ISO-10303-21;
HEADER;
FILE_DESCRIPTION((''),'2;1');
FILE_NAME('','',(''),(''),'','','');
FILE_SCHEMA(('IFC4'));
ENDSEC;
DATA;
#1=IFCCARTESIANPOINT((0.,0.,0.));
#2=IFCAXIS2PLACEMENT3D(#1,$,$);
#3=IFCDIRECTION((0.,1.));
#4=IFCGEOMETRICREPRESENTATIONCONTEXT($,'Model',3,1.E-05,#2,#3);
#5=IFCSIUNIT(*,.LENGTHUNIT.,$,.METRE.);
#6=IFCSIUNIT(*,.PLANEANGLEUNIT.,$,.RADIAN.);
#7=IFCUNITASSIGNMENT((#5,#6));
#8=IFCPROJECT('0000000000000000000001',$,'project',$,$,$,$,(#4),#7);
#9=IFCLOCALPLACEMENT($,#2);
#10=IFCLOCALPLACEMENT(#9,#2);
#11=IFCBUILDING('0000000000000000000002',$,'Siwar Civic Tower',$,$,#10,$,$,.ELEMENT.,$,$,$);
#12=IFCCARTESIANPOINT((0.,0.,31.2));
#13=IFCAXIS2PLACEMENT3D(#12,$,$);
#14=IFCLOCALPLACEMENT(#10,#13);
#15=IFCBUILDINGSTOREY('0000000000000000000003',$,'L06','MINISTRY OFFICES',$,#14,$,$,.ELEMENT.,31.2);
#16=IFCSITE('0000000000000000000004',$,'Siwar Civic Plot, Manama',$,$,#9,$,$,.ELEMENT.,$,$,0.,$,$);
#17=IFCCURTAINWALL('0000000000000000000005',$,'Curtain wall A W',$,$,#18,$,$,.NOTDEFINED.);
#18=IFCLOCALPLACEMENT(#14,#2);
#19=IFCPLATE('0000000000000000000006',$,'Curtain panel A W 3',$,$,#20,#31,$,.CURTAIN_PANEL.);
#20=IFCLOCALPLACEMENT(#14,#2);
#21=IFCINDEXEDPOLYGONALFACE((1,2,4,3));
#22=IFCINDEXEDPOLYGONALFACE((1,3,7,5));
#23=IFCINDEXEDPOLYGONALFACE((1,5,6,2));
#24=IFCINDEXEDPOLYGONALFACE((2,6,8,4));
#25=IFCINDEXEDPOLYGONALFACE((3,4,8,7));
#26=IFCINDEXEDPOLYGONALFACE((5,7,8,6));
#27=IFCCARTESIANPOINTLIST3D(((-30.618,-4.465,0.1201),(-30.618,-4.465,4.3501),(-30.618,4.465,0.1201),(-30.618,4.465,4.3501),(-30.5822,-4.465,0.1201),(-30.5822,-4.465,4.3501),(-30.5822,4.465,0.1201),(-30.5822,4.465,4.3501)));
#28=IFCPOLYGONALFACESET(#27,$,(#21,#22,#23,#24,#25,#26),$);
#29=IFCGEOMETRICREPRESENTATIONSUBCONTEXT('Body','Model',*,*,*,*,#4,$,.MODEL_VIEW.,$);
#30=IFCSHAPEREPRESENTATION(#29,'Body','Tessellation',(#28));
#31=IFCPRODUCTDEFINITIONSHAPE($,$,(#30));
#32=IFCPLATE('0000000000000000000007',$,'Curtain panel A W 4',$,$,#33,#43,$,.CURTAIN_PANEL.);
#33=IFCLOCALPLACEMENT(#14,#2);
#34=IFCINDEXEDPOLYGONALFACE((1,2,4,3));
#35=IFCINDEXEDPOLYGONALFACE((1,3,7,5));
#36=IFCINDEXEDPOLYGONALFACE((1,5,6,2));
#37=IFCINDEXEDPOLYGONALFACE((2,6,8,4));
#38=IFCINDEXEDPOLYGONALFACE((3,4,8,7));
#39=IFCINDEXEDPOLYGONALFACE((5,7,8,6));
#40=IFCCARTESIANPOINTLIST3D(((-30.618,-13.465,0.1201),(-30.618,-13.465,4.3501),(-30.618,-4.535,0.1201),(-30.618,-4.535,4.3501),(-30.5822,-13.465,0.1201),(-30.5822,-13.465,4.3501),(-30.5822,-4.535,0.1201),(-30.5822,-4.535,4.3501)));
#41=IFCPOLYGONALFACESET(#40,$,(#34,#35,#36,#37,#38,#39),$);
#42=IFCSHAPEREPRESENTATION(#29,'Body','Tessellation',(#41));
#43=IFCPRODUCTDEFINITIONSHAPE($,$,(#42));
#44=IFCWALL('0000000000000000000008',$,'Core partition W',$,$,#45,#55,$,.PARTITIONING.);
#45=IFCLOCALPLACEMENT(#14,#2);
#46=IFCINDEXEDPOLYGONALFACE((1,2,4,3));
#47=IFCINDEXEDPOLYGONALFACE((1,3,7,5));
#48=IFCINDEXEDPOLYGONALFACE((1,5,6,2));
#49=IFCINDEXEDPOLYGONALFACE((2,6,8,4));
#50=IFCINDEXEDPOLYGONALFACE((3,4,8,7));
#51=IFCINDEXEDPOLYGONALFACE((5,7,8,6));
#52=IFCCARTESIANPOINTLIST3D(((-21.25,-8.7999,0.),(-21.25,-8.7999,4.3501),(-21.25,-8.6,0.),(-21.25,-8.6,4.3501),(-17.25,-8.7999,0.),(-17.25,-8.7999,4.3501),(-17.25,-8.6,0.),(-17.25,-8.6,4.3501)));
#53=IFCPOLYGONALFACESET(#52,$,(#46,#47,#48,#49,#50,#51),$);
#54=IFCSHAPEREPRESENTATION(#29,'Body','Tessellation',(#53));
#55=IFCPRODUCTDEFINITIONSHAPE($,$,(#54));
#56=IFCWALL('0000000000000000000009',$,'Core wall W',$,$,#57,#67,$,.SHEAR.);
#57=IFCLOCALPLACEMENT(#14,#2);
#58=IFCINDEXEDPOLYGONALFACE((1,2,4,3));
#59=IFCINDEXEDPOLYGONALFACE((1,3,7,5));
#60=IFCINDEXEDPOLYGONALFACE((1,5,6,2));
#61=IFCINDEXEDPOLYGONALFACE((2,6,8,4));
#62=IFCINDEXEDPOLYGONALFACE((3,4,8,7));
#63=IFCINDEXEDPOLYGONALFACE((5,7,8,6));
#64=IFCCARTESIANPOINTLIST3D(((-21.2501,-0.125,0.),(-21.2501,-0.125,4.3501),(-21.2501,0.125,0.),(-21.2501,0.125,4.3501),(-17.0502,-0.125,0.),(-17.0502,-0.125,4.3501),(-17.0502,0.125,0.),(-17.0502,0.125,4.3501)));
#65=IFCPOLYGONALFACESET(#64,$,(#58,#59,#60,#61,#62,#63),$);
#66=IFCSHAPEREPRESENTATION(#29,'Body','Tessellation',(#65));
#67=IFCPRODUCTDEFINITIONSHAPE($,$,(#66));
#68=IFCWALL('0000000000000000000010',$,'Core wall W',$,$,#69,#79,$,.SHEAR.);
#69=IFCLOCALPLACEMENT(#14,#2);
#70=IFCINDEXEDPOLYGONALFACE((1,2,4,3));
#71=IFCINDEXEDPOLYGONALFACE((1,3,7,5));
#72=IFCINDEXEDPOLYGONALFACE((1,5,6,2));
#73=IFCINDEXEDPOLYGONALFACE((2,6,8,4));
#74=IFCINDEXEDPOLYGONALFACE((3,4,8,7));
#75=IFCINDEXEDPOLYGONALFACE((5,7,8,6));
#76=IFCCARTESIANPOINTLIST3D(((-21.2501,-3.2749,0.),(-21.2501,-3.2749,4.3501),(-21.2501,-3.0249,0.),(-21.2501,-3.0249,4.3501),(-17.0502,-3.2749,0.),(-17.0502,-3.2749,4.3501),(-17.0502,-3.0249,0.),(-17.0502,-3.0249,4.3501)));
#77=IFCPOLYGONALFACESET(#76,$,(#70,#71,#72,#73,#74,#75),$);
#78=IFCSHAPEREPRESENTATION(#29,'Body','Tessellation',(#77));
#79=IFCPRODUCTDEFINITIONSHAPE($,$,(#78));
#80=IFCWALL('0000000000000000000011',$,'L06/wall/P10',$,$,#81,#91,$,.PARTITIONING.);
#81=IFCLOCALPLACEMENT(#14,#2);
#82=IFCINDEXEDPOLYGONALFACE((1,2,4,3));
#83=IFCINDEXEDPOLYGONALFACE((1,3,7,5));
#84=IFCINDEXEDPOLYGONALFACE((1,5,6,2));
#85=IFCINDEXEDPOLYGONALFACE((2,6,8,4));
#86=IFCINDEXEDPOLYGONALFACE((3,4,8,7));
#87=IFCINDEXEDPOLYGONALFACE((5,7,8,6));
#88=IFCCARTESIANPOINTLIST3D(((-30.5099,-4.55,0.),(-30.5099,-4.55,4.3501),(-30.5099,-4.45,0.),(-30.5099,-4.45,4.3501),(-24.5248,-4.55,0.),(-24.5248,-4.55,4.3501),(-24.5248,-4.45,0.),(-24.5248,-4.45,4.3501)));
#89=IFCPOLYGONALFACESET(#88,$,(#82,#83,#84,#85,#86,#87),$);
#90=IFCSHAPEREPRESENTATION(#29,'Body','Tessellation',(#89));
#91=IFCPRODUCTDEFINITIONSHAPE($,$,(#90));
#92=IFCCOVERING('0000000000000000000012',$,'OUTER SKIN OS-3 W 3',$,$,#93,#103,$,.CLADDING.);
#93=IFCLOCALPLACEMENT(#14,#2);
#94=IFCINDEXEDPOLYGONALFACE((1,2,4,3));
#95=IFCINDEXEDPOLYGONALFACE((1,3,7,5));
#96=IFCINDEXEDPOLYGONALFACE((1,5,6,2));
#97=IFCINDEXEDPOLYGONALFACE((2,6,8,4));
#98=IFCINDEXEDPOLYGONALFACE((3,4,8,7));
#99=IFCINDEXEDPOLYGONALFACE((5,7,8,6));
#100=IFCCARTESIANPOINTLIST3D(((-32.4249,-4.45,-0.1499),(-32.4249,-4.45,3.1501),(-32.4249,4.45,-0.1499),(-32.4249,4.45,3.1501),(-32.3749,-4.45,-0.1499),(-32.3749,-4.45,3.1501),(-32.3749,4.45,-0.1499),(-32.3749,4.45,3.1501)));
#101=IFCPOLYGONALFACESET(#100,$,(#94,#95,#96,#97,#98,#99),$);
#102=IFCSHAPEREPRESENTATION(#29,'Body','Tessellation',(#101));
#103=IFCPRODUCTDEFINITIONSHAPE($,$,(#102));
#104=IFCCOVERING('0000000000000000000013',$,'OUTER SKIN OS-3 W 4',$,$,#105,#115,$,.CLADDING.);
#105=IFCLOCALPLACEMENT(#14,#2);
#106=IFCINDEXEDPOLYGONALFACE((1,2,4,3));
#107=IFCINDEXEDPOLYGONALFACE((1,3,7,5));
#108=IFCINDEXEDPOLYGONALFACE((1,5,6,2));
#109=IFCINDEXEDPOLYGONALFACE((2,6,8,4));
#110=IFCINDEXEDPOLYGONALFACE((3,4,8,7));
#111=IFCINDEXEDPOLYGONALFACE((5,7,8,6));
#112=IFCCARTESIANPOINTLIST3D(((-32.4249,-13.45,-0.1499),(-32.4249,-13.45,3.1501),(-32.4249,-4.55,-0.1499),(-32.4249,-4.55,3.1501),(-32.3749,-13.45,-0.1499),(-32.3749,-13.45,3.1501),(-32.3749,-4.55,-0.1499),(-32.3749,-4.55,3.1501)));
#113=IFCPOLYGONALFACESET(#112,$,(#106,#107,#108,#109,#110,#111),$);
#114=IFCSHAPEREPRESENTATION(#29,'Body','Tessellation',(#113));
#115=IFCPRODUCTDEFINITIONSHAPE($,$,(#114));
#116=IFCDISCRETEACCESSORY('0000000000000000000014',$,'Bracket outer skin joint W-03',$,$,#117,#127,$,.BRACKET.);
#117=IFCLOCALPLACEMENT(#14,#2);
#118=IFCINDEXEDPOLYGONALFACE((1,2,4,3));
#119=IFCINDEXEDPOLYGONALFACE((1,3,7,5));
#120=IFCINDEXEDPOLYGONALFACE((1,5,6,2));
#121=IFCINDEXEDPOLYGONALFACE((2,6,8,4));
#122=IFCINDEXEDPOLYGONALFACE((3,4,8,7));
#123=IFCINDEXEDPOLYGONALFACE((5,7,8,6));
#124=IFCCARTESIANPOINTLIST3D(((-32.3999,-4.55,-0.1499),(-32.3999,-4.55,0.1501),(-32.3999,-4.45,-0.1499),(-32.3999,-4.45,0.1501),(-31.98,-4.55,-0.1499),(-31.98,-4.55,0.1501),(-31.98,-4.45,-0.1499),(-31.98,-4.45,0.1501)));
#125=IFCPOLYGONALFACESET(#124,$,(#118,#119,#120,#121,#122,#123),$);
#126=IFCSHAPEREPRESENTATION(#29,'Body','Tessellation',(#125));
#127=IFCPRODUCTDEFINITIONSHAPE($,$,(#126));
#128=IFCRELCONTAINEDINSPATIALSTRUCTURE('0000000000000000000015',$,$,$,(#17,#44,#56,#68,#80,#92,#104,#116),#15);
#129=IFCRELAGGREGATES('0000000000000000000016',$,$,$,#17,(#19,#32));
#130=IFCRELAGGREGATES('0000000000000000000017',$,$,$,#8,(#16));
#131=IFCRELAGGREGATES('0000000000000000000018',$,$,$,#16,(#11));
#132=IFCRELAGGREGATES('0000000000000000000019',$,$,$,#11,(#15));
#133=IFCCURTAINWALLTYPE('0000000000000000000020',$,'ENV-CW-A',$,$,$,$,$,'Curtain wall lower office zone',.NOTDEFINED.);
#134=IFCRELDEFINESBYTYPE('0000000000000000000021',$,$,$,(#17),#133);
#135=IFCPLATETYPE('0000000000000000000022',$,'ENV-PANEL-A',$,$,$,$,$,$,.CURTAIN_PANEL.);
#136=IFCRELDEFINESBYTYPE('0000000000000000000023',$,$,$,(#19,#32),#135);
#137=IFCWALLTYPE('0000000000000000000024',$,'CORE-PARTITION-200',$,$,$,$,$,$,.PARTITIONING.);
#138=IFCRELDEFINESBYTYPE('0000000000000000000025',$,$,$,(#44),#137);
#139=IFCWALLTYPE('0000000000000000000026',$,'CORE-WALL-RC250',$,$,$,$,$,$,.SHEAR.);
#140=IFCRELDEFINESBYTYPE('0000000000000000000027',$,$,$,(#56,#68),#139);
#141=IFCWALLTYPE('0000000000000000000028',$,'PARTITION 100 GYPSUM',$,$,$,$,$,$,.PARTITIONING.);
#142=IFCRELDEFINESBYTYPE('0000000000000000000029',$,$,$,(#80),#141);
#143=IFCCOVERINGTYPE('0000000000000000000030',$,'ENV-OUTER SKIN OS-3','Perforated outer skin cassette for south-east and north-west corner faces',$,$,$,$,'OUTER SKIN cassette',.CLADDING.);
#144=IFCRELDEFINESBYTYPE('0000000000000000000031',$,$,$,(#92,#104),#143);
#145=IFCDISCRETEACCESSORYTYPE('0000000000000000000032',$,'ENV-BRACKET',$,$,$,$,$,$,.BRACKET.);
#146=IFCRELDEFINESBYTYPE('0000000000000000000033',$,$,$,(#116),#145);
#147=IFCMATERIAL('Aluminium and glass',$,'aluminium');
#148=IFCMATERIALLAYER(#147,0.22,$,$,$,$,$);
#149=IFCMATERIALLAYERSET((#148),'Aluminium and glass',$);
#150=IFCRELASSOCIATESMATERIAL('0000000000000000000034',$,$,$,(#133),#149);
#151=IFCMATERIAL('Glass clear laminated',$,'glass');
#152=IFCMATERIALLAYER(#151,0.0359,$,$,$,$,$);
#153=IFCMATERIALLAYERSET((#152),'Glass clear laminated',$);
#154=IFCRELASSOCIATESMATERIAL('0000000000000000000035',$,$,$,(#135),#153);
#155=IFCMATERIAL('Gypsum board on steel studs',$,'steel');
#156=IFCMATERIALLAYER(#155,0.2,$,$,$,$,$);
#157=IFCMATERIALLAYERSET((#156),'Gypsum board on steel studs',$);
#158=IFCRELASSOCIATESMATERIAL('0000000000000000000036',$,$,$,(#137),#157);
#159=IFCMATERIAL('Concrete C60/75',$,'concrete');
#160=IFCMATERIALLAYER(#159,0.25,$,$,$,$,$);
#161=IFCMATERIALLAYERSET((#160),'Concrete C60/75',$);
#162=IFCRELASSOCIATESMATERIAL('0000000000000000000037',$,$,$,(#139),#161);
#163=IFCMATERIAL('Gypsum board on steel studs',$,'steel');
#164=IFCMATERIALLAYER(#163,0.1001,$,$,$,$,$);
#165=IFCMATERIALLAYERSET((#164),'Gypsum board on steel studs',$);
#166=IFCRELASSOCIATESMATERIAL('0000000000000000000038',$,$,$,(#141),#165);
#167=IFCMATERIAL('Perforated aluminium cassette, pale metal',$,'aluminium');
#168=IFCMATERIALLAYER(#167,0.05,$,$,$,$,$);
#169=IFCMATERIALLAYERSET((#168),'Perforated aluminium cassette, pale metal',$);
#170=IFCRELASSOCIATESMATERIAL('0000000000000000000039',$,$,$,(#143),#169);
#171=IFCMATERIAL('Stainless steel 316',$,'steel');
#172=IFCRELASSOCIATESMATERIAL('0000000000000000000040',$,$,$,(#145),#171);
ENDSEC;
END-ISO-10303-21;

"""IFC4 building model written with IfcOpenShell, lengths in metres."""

from ifc_helpers import new_model, si_unit, direction, frame, frame_2d, origin, origin_2d, place, context, subcontext, project, spatial, rectangle, extrude, material, layer, layer_set, type_object, element, aggregate, save


model = new_model("IFC4")

# Units and contexts
model_context = context("Model", 3, precision=1e-05, world=origin(), true_north=direction((0.0, 1.0)))
body_context = subcontext(model_context, "Body", "Model", "MODEL_VIEW")
ifc_project = project(units=[si_unit("LENGTHUNIT", "METRE"), si_unit("PLANEANGLEUNIT", "RADIAN")], contexts=[model_context])

# Site, building, storey
site_placement = place(None, origin())
site = spatial("IfcSite", under=ifc_project, at=site_placement, Name="Siwar Civic Plot, Manama", CompositionType="ELEMENT", RefElevation=0.0)
building_placement = place(site_placement, origin())
building = spatial("IfcBuilding", under=site, at=building_placement, Name="Siwar Civic Tower", CompositionType="ELEMENT")
storey_placement = place(building_placement, frame((0.0, 0.0, 31.2)))
storey = spatial("IfcBuildingStorey", under=building, at=storey_placement, Name="L06", Description="MINISTRY OFFICES", CompositionType="ELEMENT", Elevation=31.2)

# Curtain wall
ifc_material_1 = material(Name="Aluminium and glass", Category="aluminium")
ifc_layer_1 = layer(ifc_material_1, 0.22)
ifc_layer_set_1 = layer_set([ifc_layer_1], Name="Aluminium and glass")
curtain_wall_type = type_object("IfcCurtainWallType", Name="ENV-CW-A", ElementType="Curtain wall lower office zone", PredefinedType="NOTDEFINED", material=ifc_layer_set_1)
curtain_wall_placement = place(storey_placement, origin())
curtain_wall = element("IfcCurtainWall", 1, at=curtain_wall_placement, inside=storey, type_object=curtain_wall_type, Name="Curtain wall A W", PredefinedType="NOTDEFINED")

# Plates
ifc_material_2 = material(Name="Glass clear laminated", Category="glass")
ifc_layer_2 = layer(ifc_material_2, 0.0359)
ifc_layer_set_2 = layer_set([ifc_layer_2], Name="Glass clear laminated")
plate_type = type_object("IfcPlateType", Name="ENV-PANEL-A", PredefinedType="CURTAIN_PANEL", material=ifc_layer_set_2)
plate_1_placement = place(storey_placement, frame((-30.6001, 0.0, 0.1201), z_axis=(0.0, 0.0, 1.0), x_axis=(0.0, -1.0, 0.0)))
plate_1 = element("IfcPlate", 2, at=plate_1_placement, type_object=plate_type, Name="Curtain panel A W 3", PredefinedType="CURTAIN_PANEL", context=body_context, shape_type="SweptSolid", body=[
    extrude(rectangle(XDim=8.9299, YDim=0.0359, at=origin_2d()), origin(), (0.0, 0.0, 1.0), 4.23),
])
plate_2_placement = place(storey_placement, frame((-30.6001, -9.0, 0.1201), z_axis=(0.0, 0.0, 1.0), x_axis=(0.0, -1.0, 0.0)))
plate_2 = element("IfcPlate", 3, at=plate_2_placement, type_object=plate_type, Name="Curtain panel A W 4", PredefinedType="CURTAIN_PANEL", context=body_context, shape_type="SweptSolid", body=[
    extrude(rectangle(XDim=8.9299, YDim=0.0359, at=origin_2d()), origin(), (0.0, 0.0, 1.0), 4.23),
])
aggregate(curtain_wall, [plate_1, plate_2])

# Walls
ifc_material_3 = material(Name="Gypsum board on steel studs", Category="steel")
ifc_layer_3 = layer(ifc_material_3, 0.2)
ifc_layer_set_3 = layer_set([ifc_layer_3], Name="Gypsum board on steel studs")
wall_type_1 = type_object("IfcWallType", Name="CORE-PARTITION-200", PredefinedType="PARTITIONING", material=ifc_layer_set_3)
wall_1_placement = place(storey_placement, frame((-17.25, -8.7, 0.0), z_axis=(0.0, 0.0, 1.0), x_axis=(-1.0, 0.0, 0.0)))
element("IfcWall", 4, at=wall_1_placement, inside=storey, type_object=wall_type_1, Name="Core partition W", PredefinedType="PARTITIONING", context=body_context, shape_type="SweptSolid", body=[
    extrude(rectangle(XDim=4.0, YDim=0.2, at=frame_2d((2.0, 0.0))), origin(), (0.0, 0.0, 1.0), 4.3501),
])
ifc_material_4 = material(Name="Concrete C60/75", Category="concrete")
ifc_layer_4 = layer(ifc_material_4, 0.25)
ifc_layer_set_4 = layer_set([ifc_layer_4], Name="Concrete C60/75")
wall_type_2 = type_object("IfcWallType", Name="CORE-WALL-RC250", PredefinedType="SHEAR", material=ifc_layer_set_4)
for number, where, z_axis, x_axis, name in (
    (5, (-17.05, 0.0, 0.0), (0.0, 0.0, 1.0), (-1.0, 0.0, 0.0), "Core wall W"),
    (6, (-17.05, -3.1499, 0.0), (0.0, 0.0, 1.0), (-1.0, 0.0, 0.0), "Core wall W"),
):
    element("IfcWall", number, at=place(storey_placement, frame(where, z_axis=z_axis, x_axis=x_axis)), inside=storey, type_object=wall_type_2, Name=name, PredefinedType="SHEAR", context=body_context, shape_type="SweptSolid", body=[
        extrude(rectangle(XDim=4.2, YDim=0.25, at=frame_2d((2.1001, 0.0))), origin(), (0.0, 0.0, 1.0), 4.3501),
    ])
ifc_material_5 = material(Name="Gypsum board on steel studs", Category="steel")
ifc_layer_5 = layer(ifc_material_5, 0.1001)
ifc_layer_set_5 = layer_set([ifc_layer_5], Name="Gypsum board on steel studs")
wall_type_3 = type_object("IfcWallType", Name="PARTITION 100 GYPSUM", PredefinedType="PARTITIONING", material=ifc_layer_set_5)
wall_2_placement = place(storey_placement, frame((-30.51, -4.5, 0.0), z_axis=(0.0, 0.0, 1.0), x_axis=(1.0, 0.0, 0.0)))
element("IfcWall", 7, at=wall_2_placement, inside=storey, type_object=wall_type_3, Name="L06/wall/P10", PredefinedType="PARTITIONING", context=body_context, shape_type="SweptSolid", body=[
    extrude(rectangle(XDim=5.9851, YDim=0.1001, at=frame_2d((2.9927, 0.0))), origin(), (0.0, 0.0, 1.0), 4.3501),
])

# Coverings
ifc_material_6 = material(Name="Perforated aluminium cassette, pale metal", Category="aluminium")
ifc_layer_6 = layer(ifc_material_6, 0.05)
ifc_layer_set_6 = layer_set([ifc_layer_6], Name="Perforated aluminium cassette, pale metal")
covering_type = type_object("IfcCoveringType", Name="ENV-OUTER SKIN OS-3", Description="Perforated outer skin cassette for south-east and north-west corner faces", ElementType="OUTER SKIN cassette", PredefinedType="CLADDING", material=ifc_layer_set_6)
for number, where, z_axis, x_axis, name in (
    (8, (-32.3999, 0.0, -0.1499), (0.0, 0.0, 1.0), (0.0, -1.0, 0.0), "OUTER SKIN OS-3 W 3"),
    (9, (-32.3999, -9.0, -0.1499), (0.0, 0.0, 1.0), (0.0, -1.0, 0.0), "OUTER SKIN OS-3 W 4"),
):
    element("IfcCovering", number, at=place(storey_placement, frame(where, z_axis=z_axis, x_axis=x_axis)), inside=storey, type_object=covering_type, Name=name, PredefinedType="CLADDING", context=body_context, shape_type="SweptSolid", body=[
        extrude(rectangle(XDim=8.8999, YDim=0.05, at=origin_2d()), origin(), (0.0, 0.0, 1.0), 3.3),
    ])

# Discrete accessory
ifc_material_7 = material(Name="Stainless steel 316", Category="steel")
discrete_accessory_type = type_object("IfcDiscreteAccessoryType", Name="ENV-BRACKET", PredefinedType="BRACKET", material=ifc_material_7)
discrete_accessory_placement = place(storey_placement, frame((-32.1899, -4.5, -0.1499), z_axis=(0.0, 0.0, 1.0), x_axis=(-1.0, 0.0, 0.0)))
element("IfcDiscreteAccessory", 10, at=discrete_accessory_placement, inside=storey, type_object=discrete_accessory_type, Name="Bracket outer skin joint W-03", PredefinedType="BRACKET", context=body_context, shape_type="SweptSolid", body=[
    extrude(rectangle(XDim=0.4199, YDim=0.1001, at=origin_2d()), origin(), (0.0, 0.0, 1.0), 0.3),
])

save(model, "model.ifc")
